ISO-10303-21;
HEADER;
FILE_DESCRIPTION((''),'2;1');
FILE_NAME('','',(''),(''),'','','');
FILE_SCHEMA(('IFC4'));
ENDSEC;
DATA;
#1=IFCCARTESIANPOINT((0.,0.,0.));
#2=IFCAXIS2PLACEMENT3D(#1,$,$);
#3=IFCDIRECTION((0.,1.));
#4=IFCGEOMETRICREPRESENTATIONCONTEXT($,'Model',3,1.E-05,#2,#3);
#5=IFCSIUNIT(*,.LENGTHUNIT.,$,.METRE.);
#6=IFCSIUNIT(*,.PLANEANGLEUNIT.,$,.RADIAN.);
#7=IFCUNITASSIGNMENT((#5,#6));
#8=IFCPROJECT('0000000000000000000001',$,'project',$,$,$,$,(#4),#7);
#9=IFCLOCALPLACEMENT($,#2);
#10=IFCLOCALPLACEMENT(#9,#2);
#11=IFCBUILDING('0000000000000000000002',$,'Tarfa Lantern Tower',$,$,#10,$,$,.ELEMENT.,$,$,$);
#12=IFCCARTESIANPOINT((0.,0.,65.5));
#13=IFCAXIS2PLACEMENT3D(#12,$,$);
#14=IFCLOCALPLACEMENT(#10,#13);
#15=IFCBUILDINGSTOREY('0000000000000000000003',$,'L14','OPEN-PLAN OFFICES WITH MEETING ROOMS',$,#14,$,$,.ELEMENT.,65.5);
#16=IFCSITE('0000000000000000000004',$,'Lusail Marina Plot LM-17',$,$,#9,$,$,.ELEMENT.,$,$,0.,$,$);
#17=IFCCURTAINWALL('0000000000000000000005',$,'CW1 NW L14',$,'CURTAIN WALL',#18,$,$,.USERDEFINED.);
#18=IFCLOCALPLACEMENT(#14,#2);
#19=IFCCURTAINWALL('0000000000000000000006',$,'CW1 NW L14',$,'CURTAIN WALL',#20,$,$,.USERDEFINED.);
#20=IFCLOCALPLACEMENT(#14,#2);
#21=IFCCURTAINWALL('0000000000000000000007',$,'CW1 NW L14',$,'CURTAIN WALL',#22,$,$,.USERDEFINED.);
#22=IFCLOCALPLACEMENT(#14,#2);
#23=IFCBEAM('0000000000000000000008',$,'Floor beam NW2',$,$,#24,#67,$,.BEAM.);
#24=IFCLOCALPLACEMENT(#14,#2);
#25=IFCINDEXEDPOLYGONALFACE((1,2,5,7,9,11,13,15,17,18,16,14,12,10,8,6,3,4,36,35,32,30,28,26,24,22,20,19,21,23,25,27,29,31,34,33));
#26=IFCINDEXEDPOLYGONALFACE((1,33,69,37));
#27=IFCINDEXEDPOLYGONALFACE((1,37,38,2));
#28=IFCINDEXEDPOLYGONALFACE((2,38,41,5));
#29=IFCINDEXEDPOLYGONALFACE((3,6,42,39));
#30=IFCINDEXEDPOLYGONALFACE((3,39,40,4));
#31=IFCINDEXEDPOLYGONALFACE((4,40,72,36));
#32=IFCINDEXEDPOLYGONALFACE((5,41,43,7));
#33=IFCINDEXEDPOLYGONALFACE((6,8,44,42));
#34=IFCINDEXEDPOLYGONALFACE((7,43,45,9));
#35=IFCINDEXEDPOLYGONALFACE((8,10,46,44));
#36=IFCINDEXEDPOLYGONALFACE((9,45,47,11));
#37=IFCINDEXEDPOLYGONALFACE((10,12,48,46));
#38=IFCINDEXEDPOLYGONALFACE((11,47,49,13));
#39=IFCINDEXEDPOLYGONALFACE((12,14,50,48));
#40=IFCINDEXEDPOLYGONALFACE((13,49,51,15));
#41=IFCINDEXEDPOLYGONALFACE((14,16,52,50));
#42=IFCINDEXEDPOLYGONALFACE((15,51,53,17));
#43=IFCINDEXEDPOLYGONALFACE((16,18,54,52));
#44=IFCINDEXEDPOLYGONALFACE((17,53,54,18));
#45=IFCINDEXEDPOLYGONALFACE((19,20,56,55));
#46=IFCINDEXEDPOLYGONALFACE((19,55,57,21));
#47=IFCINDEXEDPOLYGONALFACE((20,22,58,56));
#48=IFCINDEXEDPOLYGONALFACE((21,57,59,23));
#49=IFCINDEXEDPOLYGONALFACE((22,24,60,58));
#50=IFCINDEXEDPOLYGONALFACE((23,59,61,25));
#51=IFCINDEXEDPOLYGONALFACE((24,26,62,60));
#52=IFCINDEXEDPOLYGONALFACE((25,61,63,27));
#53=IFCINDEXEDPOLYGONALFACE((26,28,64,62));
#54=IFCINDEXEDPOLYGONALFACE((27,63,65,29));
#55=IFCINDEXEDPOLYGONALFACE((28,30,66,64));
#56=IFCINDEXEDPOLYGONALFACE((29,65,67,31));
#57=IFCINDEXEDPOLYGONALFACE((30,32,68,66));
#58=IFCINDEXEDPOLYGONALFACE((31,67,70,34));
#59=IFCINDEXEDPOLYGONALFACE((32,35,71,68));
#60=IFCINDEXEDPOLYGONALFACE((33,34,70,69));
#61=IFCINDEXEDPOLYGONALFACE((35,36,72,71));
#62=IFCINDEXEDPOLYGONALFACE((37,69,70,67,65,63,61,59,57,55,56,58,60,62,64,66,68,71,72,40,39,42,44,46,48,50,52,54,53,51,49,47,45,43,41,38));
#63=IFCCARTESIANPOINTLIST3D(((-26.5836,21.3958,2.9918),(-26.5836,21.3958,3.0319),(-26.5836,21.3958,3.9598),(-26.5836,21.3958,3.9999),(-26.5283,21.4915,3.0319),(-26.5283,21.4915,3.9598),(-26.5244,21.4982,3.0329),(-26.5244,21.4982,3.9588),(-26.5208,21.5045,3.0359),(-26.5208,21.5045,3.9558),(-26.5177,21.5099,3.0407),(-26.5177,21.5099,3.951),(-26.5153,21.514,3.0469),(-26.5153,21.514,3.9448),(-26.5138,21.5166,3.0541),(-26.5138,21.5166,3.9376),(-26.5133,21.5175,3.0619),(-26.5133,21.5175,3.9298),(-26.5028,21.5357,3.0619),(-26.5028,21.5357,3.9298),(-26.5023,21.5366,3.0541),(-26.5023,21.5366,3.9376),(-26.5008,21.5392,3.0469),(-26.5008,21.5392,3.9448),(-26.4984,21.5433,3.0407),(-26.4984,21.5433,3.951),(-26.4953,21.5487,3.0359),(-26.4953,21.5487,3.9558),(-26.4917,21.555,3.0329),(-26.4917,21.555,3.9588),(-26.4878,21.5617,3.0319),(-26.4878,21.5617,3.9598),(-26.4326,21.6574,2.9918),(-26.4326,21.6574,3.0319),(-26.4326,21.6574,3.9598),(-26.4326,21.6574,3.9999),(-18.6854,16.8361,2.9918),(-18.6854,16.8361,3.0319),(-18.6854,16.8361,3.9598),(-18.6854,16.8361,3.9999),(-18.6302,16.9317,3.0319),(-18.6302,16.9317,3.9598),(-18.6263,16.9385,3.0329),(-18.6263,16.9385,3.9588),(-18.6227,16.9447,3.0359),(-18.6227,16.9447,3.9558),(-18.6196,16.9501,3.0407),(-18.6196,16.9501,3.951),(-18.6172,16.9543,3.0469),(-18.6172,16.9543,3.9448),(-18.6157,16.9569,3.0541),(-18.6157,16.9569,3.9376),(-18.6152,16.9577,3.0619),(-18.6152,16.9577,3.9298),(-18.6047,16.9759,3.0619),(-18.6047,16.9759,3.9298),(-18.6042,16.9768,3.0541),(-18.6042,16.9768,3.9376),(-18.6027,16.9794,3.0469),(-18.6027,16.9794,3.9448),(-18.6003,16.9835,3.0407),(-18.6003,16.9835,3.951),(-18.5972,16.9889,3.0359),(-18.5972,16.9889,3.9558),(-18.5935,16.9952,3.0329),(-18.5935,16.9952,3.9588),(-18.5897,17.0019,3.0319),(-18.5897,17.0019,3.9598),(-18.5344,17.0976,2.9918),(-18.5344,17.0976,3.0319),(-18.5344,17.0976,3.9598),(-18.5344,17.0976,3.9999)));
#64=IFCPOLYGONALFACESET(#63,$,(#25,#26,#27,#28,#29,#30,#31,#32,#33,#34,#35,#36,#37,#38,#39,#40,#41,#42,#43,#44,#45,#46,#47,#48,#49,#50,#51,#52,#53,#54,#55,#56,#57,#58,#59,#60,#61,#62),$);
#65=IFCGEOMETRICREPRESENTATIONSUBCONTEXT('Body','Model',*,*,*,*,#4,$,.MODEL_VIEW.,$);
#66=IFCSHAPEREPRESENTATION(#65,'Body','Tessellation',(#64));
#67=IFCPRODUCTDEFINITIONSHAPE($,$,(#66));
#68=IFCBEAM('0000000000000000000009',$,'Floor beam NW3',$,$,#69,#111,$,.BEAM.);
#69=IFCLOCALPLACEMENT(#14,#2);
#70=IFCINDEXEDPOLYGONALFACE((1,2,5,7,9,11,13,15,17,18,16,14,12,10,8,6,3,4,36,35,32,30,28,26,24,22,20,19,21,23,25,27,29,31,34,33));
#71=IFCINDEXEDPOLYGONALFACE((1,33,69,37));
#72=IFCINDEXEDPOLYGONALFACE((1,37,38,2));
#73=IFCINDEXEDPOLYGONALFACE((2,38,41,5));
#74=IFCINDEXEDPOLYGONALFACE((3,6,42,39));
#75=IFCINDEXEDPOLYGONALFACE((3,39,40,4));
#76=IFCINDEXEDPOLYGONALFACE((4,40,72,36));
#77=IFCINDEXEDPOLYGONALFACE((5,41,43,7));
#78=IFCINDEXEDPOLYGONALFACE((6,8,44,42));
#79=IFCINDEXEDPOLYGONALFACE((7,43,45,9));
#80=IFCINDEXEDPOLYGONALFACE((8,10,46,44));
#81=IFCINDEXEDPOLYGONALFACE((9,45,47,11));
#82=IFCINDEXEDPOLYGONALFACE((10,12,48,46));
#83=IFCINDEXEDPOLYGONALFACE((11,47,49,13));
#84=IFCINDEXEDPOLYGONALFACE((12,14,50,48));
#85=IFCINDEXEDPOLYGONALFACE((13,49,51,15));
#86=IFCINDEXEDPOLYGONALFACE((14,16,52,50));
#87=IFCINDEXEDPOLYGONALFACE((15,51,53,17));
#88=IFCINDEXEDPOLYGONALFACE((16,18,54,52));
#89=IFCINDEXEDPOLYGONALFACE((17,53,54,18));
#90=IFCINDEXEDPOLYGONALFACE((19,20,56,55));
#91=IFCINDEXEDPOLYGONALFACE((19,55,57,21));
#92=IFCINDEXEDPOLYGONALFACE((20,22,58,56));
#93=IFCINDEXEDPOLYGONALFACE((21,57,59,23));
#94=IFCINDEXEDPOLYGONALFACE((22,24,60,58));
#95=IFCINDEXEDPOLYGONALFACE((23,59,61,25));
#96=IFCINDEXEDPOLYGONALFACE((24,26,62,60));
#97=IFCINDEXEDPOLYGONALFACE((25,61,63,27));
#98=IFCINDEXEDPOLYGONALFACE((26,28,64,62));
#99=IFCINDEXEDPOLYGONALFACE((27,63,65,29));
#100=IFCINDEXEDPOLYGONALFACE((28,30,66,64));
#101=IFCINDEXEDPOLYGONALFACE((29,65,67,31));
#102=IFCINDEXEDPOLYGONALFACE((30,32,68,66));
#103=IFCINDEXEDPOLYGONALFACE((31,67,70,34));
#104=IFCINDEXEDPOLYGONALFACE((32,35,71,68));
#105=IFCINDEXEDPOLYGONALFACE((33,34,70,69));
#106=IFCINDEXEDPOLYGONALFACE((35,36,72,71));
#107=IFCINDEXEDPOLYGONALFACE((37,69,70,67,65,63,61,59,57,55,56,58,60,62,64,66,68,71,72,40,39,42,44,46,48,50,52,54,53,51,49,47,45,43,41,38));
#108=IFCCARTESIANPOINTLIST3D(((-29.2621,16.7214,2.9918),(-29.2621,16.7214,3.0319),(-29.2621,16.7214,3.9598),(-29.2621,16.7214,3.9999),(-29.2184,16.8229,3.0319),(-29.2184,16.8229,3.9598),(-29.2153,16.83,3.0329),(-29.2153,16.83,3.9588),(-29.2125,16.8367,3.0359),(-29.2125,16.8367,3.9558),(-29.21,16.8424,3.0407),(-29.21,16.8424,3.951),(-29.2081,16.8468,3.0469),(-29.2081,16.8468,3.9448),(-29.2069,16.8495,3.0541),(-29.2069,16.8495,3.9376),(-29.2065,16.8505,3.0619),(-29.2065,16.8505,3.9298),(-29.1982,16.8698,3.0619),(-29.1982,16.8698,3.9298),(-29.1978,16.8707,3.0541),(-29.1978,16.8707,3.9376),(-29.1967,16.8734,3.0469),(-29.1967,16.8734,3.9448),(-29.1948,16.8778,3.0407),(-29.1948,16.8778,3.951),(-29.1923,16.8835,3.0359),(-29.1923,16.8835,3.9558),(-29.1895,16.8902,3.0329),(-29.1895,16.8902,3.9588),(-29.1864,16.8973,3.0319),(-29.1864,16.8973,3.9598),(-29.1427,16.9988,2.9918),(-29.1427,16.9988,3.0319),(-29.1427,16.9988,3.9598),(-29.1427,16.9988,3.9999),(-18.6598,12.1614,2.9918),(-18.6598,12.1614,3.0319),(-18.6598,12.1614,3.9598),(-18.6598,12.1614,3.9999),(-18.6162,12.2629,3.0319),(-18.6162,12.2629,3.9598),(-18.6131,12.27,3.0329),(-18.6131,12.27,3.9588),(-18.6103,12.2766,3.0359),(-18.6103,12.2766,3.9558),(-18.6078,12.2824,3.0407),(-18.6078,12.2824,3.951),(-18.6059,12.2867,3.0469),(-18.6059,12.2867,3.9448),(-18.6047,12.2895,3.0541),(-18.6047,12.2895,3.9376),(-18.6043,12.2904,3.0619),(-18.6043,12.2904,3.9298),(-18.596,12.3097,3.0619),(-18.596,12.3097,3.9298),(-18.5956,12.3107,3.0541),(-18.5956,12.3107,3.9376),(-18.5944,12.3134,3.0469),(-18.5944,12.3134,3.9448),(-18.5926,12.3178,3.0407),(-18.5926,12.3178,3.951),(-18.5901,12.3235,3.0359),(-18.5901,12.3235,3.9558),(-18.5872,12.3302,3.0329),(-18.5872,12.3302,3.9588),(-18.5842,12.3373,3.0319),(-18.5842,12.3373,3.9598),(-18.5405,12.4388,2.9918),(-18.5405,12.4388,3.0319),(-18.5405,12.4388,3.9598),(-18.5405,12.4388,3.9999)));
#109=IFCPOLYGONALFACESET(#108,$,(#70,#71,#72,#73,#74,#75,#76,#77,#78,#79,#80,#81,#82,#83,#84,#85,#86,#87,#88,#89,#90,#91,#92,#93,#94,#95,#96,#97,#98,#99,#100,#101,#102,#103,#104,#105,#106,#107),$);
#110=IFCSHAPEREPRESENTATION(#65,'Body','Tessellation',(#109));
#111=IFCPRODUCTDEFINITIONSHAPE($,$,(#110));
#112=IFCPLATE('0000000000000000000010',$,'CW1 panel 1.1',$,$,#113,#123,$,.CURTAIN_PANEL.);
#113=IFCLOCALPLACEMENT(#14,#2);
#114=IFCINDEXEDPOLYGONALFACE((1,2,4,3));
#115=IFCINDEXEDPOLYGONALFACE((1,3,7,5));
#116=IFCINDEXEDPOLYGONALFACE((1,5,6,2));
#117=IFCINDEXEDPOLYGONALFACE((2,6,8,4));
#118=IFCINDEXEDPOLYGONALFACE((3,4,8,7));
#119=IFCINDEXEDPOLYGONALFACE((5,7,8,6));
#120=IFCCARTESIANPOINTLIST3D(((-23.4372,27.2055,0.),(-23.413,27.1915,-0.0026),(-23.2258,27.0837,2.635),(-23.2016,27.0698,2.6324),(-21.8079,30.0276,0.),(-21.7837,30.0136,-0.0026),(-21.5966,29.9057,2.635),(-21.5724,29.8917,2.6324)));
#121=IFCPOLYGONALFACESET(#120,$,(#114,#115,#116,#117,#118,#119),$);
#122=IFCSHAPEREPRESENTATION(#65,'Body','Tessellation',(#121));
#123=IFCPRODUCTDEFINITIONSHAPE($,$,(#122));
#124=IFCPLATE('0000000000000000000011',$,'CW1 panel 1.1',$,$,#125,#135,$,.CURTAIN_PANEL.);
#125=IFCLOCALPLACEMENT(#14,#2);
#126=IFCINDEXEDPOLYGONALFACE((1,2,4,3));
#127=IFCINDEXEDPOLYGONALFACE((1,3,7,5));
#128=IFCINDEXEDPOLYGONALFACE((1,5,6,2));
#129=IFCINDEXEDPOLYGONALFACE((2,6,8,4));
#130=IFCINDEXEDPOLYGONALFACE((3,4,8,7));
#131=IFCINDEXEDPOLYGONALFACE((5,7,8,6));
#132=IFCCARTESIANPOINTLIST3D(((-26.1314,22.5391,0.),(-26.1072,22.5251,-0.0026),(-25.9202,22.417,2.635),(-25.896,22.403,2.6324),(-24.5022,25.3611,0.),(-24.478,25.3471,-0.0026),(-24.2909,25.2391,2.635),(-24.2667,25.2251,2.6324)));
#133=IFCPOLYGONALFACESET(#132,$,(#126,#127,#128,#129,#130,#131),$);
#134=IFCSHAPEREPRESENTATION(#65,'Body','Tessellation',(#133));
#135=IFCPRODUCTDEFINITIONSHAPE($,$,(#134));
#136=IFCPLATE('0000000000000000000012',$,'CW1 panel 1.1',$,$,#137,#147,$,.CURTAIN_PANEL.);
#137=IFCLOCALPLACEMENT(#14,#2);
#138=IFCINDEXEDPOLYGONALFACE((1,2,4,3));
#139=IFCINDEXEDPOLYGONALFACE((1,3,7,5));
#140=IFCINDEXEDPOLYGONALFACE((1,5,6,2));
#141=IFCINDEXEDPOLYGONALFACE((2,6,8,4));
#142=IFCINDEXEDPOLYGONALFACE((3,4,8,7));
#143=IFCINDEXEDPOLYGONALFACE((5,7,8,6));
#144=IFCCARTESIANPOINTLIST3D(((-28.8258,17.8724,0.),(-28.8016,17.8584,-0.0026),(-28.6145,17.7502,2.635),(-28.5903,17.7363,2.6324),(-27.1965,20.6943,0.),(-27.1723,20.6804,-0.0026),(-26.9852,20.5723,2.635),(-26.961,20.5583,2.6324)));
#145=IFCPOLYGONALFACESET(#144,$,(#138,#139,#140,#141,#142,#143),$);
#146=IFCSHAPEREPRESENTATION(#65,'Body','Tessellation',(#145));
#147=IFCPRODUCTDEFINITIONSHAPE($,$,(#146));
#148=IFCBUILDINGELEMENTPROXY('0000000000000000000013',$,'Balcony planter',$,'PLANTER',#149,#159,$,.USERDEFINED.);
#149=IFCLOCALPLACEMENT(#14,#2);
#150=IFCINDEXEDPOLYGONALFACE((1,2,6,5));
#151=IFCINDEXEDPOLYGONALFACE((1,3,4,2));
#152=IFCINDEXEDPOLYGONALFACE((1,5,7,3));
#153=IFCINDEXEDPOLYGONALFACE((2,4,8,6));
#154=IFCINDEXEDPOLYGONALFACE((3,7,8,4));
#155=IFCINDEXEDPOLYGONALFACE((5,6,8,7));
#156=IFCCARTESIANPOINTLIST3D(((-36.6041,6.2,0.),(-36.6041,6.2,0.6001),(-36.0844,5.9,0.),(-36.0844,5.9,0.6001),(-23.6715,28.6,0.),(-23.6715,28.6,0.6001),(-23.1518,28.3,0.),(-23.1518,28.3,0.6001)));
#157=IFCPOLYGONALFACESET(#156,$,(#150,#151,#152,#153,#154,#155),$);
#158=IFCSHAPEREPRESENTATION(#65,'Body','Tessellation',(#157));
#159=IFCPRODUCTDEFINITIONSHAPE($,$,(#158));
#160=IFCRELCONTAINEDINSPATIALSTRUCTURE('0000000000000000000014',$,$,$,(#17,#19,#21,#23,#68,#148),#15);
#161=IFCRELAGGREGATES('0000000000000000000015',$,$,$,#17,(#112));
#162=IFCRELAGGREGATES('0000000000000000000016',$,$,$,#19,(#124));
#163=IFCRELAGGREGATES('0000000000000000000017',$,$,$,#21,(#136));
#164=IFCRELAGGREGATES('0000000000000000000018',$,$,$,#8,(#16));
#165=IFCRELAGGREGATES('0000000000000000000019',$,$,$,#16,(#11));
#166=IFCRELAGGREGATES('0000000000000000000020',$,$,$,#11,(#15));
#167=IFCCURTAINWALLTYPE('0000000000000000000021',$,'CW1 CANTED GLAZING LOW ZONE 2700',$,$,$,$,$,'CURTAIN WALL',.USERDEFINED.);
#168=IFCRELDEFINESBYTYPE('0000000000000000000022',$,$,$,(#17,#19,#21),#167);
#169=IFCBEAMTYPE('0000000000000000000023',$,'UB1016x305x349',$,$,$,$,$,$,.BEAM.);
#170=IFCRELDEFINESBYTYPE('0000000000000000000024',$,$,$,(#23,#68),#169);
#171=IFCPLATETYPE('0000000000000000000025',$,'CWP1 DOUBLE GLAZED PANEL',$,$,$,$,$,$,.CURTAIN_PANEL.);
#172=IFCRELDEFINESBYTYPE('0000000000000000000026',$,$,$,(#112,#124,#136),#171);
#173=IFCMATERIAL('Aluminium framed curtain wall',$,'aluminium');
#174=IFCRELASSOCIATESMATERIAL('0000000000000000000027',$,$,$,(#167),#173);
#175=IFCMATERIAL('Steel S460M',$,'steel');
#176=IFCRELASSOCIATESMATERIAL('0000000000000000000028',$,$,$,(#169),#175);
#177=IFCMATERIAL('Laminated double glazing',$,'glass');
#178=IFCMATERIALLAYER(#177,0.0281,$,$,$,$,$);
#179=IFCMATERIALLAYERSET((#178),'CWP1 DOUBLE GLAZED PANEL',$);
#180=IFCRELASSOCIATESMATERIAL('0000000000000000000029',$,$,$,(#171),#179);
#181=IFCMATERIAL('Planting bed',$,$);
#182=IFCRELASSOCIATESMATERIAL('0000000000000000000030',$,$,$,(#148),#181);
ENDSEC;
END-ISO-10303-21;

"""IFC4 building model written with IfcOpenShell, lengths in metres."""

from ifc_helpers import new_model, si_unit, direction, frame, origin, origin_2d, place, context, subcontext, project, spatial, polyline, rectangle, i_section, outline, extrude, material, layer, layer_set, material_profile, profile_set, type_object, element, aggregate, save


model = new_model("IFC4")

# Units and contexts
model_context = context("Model", 3, precision=1e-05, world=origin(), true_north=direction((0.0, 1.0)))
body_context = subcontext(model_context, "Body", "Model", "MODEL_VIEW")
ifc_project = project(units=[si_unit("LENGTHUNIT", "METRE"), si_unit("PLANEANGLEUNIT", "RADIAN")], contexts=[model_context])

# Site, building, storey
site_placement = place(None, origin())
site = spatial("IfcSite", under=ifc_project, at=site_placement, Name="Lusail Marina Plot LM-17", CompositionType="ELEMENT", RefElevation=0.0)
building_placement = place(site_placement, origin())
building = spatial("IfcBuilding", under=site, at=building_placement, Name="Tarfa Lantern Tower", CompositionType="ELEMENT")
storey_placement = place(building_placement, frame((0.0, 0.0, 65.5)))
storey = spatial("IfcBuildingStorey", under=building, at=storey_placement, Name="L14", Description="OPEN-PLAN OFFICES WITH MEETING ROOMS", CompositionType="ELEMENT", Elevation=65.5)

# Curtain walls
ifc_material_1 = material(Name="Aluminium framed curtain wall", Category="aluminium")
curtain_wall_type = type_object("IfcCurtainWallType", Name="CW1 CANTED GLAZING LOW ZONE 2700", ElementType="CURTAIN WALL", PredefinedType="USERDEFINED", material=ifc_material_1)
curtain_wall_1_placement = place(storey_placement, origin())
curtain_wall_1 = element("IfcCurtainWall", 1, at=curtain_wall_1_placement, inside=storey, type_object=curtain_wall_type, Name="CW1 NW L14", ObjectType="CURTAIN WALL", PredefinedType="USERDEFINED")
curtain_wall_2_placement = place(storey_placement, origin())
curtain_wall_2 = element("IfcCurtainWall", 2, at=curtain_wall_2_placement, inside=storey, type_object=curtain_wall_type, Name="CW1 NW L14", ObjectType="CURTAIN WALL", PredefinedType="USERDEFINED")
curtain_wall_3_placement = place(storey_placement, origin())
curtain_wall_3 = element("IfcCurtainWall", 3, at=curtain_wall_3_placement, inside=storey, type_object=curtain_wall_type, Name="CW1 NW L14", ObjectType="CURTAIN WALL", PredefinedType="USERDEFINED")

# Beams
ifc_material_2 = material(Name="Steel S460M", Category="steel")
ifc_material_profile_1 = material_profile(ifc_material_2, i_section(OverallWidth=0.302, OverallDepth=1.0081, WebThickness=0.021, FlangeThickness=0.04, FilletRadius=0.03, at=origin_2d()), Name="UB1016x305x349")
ifc_profile_set_1 = profile_set([ifc_material_profile_1], Name="Steel S460M")
beam_type_1 = type_object("IfcBeamType", Name="UB1016x305x349", PredefinedType="BEAM", material=ifc_profile_set_1)
beam_1_placement = place(storey_placement, frame((-26.5081, 21.5266, 3.4958), z_axis=(0.866035, -0.499983, 0.0), x_axis=(0.499983, 0.866035, 0.0)))
element("IfcBeam", 4, at=beam_1_placement, inside=storey, type_object=beam_type_1, Name="Floor beam NW2", PredefinedType="BEAM", context=body_context, shape_type="SweptSolid", body=[
    extrude(i_section(OverallWidth=0.302, OverallDepth=1.0081, WebThickness=0.021, FlangeThickness=0.04, FilletRadius=0.03, at=origin_2d()), origin(), (0.0, 0.0, 1.0), 9.1199),
])
beam_2_placement = place(storey_placement, frame((-29.2024, 16.8601, 3.4958), z_axis=(0.918635, -0.395106, 0.0), x_axis=(0.395106, 0.918635, 0.0)))
element("IfcBeam", 5, at=beam_2_placement, inside=storey, type_object=beam_type_1, Name="Floor beam NW3", PredefinedType="BEAM", context=body_context, shape_type="SweptSolid", body=[
    extrude(i_section(OverallWidth=0.302, OverallDepth=1.0081, WebThickness=0.021, FlangeThickness=0.04, FilletRadius=0.03, at=origin_2d()), origin(), (0.0, 0.0, 1.0), 11.5413),
])

# Plates
ifc_material_3 = material(Name="Laminated double glazing", Category="glass")
ifc_layer = layer(ifc_material_3, 0.0281)
ifc_layer_set = layer_set([ifc_layer], Name="CWP1 DOUBLE GLAZED PANEL")
plate_type = type_object("IfcPlateType", Name="CWP1 DOUBLE GLAZED PANEL", PredefinedType="CURTAIN_PANEL", material=ifc_layer_set)
plate_1_placement = place(storey_placement, frame((-21.8079, 30.0276, 0.0), z_axis=(-0.862342, 0.497867, 0.09217), x_axis=(-0.499995, -0.866028, -0.000003)))
plate_1 = element("IfcPlate", 6, at=plate_1_placement, type_object=plate_type, Name="CW1 panel 1.1", PredefinedType="CURTAIN_PANEL", context=body_context, shape_type="SweptSolid", body=[
    extrude(outline(polyline([(0.0, 0.0), (3.2586, 0.0), (3.2584, 2.6463), (-0.0001, 2.6463), (0.0, 0.0)])), origin(), (0.0, 0.0, -1.0), 0.0281),
])
aggregate(curtain_wall_1, [plate_1])
plate_2_placement = place(storey_placement, frame((-24.5022, 25.3611, 0.0), z_axis=(-0.862338, 0.497864, 0.092216), x_axis=(-0.499995, -0.866029, 0.000003)))
plate_2 = element("IfcPlate", 7, at=plate_2_placement, type_object=plate_type, Name="CW1 panel 1.1", PredefinedType="CURTAIN_PANEL", context=body_context, shape_type="SweptSolid", body=[
    extrude(outline(polyline([(0.0, 0.0), (3.2585, 0.0), (3.2587, 2.6463), (0.0, 2.6463), (0.0, 0.0)])), origin(), (0.0, 0.0, -1.0), 0.0281),
])
aggregate(curtain_wall_2, [plate_2])
plate_3_placement = place(storey_placement, frame((-27.1965, 20.6943, 0.0), z_axis=(-0.862338, 0.497864, 0.092216), x_axis=(-0.499995, -0.866029, 0.000003)))
plate_3 = element("IfcPlate", 8, at=plate_3_placement, type_object=plate_type, Name="CW1 panel 1.1", PredefinedType="CURTAIN_PANEL", context=body_context, shape_type="SweptSolid", body=[
    extrude(outline(polyline([(0.0, 0.0), (3.2585, 0.0), (3.2587, 2.6463), (0.0, 2.6463), (0.0, 0.0)])), origin(), (0.0, 0.0, -1.0), 0.0281),
])
aggregate(curtain_wall_3, [plate_3])

# Building element proxy
ifc_material_4 = material(Name="Planting bed")
proxy_placement = place(storey_placement, frame((-29.8779, 17.25, 0.0), z_axis=(0.0, 0.0, 1.0), x_axis=(-0.5, -0.866025, 0.0)))
element("IfcBuildingElementProxy", 9, at=proxy_placement, inside=storey, material=ifc_material_4, Name="Balcony planter", ObjectType="PLANTER", PredefinedType="USERDEFINED", context=body_context, shape_type="SweptSolid", body=[
    extrude(rectangle(XDim=25.8652, YDim=0.6001, at=origin_2d()), origin(), (0.0, 0.0, 1.0), 0.6001),
])

save(model, "model.ifc")
